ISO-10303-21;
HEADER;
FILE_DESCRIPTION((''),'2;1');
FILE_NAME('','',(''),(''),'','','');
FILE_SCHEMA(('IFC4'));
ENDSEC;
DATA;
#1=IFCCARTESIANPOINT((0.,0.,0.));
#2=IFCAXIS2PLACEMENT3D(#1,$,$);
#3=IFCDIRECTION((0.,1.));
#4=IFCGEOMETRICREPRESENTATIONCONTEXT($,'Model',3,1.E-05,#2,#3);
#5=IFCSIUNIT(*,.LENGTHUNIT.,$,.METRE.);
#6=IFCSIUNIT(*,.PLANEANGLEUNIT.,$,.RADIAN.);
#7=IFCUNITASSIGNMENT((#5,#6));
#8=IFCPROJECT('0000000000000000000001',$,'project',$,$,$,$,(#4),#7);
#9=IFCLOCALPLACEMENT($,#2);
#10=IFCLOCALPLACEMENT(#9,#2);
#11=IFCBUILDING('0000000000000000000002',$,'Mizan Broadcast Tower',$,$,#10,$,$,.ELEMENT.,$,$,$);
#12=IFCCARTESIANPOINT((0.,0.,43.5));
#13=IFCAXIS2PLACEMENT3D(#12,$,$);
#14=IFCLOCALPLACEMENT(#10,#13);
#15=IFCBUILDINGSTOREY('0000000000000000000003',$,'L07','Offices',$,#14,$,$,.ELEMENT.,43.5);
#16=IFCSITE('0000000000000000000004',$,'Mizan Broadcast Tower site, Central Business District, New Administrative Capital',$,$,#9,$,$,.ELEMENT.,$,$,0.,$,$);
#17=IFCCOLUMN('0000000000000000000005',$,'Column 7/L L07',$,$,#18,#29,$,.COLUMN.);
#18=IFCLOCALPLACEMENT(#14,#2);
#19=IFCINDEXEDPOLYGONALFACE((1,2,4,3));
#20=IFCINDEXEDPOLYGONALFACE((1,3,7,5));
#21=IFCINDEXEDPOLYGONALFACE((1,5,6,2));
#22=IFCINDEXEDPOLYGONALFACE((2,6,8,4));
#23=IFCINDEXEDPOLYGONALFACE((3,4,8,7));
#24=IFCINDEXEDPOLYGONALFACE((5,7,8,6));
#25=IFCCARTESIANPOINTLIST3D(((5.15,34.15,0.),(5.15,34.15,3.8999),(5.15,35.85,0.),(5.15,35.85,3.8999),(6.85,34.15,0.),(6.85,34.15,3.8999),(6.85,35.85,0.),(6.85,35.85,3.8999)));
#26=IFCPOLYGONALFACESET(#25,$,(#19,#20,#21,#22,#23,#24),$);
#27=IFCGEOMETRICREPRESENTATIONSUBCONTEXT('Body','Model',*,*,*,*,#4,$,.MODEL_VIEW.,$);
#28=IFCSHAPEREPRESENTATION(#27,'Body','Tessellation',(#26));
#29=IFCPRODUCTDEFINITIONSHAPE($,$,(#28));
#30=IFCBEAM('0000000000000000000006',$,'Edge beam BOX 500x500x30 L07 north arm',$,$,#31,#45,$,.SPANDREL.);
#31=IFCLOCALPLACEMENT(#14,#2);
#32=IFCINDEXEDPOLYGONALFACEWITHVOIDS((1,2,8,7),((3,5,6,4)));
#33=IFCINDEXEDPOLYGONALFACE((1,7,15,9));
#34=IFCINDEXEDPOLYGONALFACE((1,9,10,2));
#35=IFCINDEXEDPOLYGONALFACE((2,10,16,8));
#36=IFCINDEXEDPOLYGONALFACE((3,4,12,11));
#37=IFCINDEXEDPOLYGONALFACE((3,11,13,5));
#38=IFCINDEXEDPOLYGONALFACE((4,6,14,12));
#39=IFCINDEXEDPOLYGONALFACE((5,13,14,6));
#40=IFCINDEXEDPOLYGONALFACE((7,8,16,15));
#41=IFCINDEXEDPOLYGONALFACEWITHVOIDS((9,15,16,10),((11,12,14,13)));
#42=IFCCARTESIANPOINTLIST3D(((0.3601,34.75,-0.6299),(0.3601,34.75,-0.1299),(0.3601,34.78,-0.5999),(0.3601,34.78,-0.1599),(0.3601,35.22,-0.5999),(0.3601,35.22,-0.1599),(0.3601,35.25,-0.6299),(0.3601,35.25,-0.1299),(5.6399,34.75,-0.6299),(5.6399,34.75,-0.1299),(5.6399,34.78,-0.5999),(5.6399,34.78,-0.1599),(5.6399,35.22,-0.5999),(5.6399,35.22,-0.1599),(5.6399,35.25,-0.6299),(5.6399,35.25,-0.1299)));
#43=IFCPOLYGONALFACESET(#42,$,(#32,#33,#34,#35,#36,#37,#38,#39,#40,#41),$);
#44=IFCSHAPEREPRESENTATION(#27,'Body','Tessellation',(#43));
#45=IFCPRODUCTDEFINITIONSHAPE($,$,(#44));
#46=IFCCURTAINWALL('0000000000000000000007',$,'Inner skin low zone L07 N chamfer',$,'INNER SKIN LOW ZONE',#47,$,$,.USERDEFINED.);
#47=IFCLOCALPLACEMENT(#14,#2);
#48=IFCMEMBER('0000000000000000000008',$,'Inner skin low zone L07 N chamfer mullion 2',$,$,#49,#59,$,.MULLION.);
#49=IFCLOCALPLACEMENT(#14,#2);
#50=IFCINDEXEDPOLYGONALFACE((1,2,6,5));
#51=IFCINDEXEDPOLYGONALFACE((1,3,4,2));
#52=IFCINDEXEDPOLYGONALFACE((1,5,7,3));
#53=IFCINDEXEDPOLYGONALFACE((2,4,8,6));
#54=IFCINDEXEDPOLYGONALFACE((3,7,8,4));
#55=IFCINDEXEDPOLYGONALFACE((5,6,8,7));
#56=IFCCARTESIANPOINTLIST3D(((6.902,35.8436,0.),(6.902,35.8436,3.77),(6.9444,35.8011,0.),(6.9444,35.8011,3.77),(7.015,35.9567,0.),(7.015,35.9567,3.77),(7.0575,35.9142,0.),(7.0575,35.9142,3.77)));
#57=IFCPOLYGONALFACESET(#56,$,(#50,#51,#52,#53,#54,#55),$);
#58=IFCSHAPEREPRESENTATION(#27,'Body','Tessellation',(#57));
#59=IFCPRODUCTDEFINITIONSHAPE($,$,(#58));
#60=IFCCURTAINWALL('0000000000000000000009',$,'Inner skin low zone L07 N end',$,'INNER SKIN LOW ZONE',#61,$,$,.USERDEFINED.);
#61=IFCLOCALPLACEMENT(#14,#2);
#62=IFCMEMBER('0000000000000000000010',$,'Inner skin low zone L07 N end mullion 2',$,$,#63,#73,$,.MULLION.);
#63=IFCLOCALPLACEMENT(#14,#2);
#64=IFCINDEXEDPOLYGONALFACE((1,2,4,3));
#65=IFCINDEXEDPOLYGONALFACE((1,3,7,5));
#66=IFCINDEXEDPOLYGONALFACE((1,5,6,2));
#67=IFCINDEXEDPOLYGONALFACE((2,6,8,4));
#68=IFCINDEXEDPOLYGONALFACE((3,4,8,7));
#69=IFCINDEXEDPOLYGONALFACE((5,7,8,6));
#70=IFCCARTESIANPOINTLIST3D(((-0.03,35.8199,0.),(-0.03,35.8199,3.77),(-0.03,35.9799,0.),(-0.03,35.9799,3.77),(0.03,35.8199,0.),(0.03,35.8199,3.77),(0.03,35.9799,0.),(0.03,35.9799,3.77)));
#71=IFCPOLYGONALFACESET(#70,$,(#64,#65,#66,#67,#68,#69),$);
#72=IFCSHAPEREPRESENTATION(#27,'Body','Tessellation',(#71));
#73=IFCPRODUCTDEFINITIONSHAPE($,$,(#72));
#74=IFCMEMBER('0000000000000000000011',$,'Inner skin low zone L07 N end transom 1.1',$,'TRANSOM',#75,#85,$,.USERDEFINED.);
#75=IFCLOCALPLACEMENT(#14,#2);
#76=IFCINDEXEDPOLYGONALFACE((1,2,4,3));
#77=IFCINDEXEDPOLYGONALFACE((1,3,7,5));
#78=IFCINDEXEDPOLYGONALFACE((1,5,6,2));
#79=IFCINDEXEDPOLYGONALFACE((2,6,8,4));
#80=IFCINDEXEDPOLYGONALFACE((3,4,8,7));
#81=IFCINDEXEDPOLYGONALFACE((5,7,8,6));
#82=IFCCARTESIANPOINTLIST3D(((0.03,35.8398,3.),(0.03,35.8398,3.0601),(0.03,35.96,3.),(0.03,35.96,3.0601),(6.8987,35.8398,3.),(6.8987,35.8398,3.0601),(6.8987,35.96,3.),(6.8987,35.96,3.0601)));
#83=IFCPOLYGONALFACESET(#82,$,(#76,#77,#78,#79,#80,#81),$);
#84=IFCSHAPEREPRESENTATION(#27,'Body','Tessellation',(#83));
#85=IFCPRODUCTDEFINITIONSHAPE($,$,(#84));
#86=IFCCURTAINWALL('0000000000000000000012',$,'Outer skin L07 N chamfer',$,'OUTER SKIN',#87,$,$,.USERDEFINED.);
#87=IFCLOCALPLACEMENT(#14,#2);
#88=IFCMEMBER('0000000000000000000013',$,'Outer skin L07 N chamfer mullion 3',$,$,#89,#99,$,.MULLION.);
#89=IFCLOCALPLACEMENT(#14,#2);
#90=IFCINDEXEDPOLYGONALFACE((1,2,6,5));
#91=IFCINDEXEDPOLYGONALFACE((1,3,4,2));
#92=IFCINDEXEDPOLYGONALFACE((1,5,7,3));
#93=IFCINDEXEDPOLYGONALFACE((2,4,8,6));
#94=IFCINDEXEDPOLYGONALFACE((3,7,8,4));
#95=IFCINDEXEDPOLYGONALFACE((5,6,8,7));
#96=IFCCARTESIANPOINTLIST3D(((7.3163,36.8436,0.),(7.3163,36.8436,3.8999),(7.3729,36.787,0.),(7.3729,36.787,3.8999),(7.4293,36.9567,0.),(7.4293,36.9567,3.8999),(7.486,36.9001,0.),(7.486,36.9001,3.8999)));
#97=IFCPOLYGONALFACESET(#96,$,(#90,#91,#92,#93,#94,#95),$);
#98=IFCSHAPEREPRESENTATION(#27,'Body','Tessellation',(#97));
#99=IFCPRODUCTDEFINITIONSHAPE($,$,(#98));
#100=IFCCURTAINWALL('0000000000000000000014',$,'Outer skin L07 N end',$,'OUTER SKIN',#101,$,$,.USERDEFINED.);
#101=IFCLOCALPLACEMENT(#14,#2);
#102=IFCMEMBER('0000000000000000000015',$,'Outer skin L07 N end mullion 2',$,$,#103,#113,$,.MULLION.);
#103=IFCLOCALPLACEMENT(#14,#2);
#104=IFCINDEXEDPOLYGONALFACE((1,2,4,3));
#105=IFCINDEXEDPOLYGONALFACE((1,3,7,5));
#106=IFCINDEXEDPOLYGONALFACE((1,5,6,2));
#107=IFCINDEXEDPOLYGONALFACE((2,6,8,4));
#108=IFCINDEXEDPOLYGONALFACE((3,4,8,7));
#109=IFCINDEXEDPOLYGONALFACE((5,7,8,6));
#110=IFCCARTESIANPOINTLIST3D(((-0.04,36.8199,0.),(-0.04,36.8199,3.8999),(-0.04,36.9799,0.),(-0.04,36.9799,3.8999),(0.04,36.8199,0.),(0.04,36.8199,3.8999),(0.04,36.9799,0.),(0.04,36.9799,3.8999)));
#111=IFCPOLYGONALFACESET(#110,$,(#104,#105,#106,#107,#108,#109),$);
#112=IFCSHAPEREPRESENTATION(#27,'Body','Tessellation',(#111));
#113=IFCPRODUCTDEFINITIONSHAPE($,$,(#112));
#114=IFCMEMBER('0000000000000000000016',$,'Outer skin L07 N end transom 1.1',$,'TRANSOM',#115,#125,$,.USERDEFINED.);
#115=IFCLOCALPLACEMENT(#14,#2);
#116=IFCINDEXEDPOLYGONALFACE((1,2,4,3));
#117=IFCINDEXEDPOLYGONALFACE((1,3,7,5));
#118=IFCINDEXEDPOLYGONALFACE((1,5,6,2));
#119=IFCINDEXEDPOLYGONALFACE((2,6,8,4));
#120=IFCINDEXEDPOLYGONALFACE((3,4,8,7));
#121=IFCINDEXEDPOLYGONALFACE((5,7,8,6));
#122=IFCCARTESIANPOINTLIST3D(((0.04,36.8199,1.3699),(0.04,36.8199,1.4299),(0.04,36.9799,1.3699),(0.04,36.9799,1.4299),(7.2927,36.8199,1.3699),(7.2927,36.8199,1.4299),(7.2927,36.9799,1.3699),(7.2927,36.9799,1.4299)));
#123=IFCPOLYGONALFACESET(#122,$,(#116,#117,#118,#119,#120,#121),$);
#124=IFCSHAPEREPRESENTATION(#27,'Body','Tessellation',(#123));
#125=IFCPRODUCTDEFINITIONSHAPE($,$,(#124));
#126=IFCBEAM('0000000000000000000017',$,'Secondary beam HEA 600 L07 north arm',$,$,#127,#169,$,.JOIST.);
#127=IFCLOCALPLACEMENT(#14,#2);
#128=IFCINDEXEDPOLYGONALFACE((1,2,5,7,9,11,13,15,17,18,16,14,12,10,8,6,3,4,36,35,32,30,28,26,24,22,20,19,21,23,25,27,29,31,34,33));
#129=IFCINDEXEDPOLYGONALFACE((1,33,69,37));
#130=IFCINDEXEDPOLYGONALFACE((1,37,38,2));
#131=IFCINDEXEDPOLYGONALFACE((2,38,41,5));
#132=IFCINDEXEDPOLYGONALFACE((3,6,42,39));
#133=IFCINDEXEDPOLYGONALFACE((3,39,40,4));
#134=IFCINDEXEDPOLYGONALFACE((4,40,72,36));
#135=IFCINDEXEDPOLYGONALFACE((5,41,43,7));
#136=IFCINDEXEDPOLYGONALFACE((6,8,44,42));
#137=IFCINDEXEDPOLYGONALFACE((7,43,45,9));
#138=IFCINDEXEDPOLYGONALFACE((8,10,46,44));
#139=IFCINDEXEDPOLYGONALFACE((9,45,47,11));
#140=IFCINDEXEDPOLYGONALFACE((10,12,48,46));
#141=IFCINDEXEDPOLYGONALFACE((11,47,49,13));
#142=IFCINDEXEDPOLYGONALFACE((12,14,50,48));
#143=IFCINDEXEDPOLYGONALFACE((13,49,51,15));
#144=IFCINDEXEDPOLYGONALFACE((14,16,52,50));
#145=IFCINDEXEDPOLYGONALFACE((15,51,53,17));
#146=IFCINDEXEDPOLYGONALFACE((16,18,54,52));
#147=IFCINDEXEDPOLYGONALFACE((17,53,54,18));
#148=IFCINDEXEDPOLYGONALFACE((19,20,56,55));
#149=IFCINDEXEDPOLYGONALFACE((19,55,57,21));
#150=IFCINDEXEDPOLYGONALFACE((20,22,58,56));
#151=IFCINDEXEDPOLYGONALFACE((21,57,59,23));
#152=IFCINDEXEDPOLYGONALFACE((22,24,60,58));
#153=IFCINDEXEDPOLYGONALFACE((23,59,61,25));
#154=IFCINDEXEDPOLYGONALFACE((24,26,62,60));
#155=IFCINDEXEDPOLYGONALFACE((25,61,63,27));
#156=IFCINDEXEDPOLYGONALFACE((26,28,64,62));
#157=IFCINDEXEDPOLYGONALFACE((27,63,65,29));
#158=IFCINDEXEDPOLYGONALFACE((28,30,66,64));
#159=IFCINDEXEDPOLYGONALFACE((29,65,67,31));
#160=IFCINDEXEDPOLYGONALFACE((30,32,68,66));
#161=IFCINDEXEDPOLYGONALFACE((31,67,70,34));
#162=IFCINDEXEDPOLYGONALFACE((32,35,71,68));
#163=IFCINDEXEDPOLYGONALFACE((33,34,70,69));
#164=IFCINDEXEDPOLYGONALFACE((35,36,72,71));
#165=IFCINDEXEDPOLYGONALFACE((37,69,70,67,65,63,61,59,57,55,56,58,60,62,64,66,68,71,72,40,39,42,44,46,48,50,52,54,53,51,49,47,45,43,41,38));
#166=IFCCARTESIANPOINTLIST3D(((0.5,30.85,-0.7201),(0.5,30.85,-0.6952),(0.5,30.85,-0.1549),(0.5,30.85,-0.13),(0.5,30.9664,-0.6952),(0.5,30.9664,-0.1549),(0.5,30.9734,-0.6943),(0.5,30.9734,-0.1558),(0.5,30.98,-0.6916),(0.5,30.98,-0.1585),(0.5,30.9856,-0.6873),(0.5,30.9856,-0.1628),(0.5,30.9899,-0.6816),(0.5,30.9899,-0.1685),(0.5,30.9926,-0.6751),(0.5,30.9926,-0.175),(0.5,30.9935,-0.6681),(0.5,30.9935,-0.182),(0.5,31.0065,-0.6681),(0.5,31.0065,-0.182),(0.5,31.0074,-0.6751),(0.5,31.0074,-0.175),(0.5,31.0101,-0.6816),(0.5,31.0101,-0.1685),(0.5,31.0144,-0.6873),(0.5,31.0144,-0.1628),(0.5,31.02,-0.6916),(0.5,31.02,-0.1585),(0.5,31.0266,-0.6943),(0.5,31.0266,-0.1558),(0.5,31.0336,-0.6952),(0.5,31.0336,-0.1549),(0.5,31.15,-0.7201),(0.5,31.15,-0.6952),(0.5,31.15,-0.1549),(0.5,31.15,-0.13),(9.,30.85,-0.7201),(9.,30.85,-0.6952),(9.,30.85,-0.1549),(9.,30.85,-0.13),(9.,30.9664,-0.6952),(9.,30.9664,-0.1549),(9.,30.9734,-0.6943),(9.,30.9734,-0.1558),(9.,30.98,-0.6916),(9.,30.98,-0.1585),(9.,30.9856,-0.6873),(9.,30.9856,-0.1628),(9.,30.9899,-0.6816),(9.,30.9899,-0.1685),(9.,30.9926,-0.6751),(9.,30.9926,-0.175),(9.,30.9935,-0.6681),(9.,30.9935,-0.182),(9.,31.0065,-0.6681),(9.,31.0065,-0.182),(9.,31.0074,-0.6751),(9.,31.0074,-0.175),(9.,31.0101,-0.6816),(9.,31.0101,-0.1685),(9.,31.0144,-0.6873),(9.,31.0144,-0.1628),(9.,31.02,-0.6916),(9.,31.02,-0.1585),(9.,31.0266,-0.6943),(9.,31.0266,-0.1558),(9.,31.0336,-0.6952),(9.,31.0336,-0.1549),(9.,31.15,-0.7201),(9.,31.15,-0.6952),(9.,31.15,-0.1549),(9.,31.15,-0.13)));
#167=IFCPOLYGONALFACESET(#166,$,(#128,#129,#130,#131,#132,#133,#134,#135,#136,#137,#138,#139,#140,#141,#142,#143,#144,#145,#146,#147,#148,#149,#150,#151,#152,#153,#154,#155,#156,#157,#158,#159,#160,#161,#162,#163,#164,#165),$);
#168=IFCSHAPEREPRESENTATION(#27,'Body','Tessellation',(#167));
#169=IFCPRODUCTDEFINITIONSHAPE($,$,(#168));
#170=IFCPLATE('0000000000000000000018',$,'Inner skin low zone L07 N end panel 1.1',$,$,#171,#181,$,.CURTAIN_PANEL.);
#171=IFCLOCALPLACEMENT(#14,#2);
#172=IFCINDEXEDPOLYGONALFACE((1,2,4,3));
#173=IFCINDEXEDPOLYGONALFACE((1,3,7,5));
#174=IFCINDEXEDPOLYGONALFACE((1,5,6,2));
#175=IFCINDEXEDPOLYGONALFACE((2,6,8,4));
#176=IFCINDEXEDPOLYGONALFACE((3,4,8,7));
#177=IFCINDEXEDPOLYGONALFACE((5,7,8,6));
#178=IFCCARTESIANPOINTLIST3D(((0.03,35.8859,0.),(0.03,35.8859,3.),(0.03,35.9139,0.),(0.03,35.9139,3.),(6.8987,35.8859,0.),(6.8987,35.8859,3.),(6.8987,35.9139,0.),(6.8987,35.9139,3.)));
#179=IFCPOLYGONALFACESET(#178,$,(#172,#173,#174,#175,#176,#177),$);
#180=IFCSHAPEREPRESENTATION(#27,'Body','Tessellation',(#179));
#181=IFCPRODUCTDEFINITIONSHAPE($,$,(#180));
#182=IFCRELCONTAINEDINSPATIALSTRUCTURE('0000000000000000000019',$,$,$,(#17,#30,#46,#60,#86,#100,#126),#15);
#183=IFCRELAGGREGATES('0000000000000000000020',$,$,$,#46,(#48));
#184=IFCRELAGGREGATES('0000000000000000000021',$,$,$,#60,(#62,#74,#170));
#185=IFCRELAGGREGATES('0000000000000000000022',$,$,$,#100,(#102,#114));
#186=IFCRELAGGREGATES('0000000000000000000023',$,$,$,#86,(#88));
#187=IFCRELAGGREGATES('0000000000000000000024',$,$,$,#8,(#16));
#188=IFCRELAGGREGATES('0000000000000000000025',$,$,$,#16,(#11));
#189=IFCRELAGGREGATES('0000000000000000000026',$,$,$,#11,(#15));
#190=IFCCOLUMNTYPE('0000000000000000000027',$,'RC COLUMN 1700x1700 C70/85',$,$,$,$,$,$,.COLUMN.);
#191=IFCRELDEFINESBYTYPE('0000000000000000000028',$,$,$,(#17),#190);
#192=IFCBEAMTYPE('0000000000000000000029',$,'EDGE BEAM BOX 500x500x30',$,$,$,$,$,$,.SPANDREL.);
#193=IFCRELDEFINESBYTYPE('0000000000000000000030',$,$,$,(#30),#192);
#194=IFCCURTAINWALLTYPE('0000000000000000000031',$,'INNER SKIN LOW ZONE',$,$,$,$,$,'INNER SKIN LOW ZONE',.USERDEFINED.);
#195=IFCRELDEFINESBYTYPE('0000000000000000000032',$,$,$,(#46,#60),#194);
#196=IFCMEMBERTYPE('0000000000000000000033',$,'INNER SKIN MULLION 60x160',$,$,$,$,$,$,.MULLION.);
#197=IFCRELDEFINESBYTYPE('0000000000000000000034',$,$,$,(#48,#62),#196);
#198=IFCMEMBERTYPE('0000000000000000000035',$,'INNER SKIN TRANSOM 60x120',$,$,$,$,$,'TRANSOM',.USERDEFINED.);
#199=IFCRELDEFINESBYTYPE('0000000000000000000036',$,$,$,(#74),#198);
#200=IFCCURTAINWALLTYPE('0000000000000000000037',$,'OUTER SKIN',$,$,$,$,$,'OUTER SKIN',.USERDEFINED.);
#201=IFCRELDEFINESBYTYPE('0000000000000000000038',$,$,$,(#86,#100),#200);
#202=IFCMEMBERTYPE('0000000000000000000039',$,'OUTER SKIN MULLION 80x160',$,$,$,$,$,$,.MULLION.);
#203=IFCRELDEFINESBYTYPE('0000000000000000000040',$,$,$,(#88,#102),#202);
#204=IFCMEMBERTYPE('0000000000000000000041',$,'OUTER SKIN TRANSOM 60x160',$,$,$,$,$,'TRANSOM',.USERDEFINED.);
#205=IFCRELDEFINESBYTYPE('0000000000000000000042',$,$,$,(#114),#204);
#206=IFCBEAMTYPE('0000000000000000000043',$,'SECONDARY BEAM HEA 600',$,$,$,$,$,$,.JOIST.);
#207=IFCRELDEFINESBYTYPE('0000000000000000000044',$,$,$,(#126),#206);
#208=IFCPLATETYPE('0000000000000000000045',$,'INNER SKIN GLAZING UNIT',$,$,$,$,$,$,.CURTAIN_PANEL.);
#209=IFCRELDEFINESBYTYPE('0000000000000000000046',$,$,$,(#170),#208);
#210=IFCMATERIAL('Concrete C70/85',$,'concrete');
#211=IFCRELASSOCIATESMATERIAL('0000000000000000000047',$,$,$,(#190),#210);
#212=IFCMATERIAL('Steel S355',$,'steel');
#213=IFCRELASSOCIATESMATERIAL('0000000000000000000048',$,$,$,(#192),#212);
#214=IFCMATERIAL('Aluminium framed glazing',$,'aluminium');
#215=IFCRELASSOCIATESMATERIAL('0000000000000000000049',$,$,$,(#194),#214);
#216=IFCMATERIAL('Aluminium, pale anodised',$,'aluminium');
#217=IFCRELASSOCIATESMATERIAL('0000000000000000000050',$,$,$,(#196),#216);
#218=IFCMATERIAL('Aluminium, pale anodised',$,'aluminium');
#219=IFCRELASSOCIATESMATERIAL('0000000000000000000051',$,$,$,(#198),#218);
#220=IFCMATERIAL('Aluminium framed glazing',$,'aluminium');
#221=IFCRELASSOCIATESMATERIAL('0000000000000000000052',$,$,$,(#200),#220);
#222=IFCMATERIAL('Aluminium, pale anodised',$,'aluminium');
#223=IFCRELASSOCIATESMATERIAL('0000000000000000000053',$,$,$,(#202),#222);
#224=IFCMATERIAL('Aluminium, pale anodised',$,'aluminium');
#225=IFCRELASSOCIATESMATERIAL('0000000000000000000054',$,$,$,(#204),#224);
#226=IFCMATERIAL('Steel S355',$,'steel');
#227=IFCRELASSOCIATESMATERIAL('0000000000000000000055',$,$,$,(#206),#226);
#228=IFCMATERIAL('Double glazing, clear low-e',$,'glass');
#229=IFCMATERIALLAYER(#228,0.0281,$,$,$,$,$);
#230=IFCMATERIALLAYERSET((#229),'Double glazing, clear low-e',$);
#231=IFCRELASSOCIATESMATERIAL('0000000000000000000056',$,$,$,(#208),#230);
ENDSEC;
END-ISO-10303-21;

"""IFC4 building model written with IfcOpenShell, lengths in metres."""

from ifc_helpers import new_model, si_unit, direction, frame, origin, origin_2d, place, context, subcontext, project, spatial, rectangle, hollow_rectangle, i_section, extrude, material, layer, layer_set, material_profile, profile_set, type_object, element, aggregate, save


model = new_model("IFC4")

# Units and contexts
model_context = context("Model", 3, precision=1e-05, world=origin(), true_north=direction((0.0, 1.0)))
body_context = subcontext(model_context, "Body", "Model", "MODEL_VIEW")
ifc_project = project(units=[si_unit("LENGTHUNIT", "METRE"), si_unit("PLANEANGLEUNIT", "RADIAN")], contexts=[model_context])

# Site, building, storey
site_placement = place(None, origin())
site = spatial("IfcSite", under=ifc_project, at=site_placement, Name="Mizan Broadcast Tower site, Central Business District, New Administrative Capital", CompositionType="ELEMENT", RefElevation=0.0)
building_placement = place(site_placement, origin())
building = spatial("IfcBuilding", under=site, at=building_placement, Name="Mizan Broadcast Tower", CompositionType="ELEMENT")
storey_placement = place(building_placement, frame((0.0, 0.0, 43.5)))
storey = spatial("IfcBuildingStorey", under=building, at=storey_placement, Name="L07", Description="Offices", CompositionType="ELEMENT", Elevation=43.5)

# Column
ifc_material_1 = material(Name="Concrete C70/85", Category="concrete")
ifc_material_profile_1 = material_profile(ifc_material_1, rectangle(XDim=1.7, YDim=1.7, at=origin_2d()), Name="RC 1700x1700")
ifc_profile_set_1 = profile_set([ifc_material_profile_1], Name="Concrete C70/85")
column_type = type_object("IfcColumnType", Name="RC COLUMN 1700x1700 C70/85", PredefinedType="COLUMN", material=ifc_profile_set_1)
column_placement = place(storey_placement, frame((6.0, 35.0, 0.0), z_axis=(0.0, 0.0, 1.0), x_axis=(1.0, 0.0, 0.0)))
element("IfcColumn", 1, at=column_placement, inside=storey, type_object=column_type, Name="Column 7/L L07", PredefinedType="COLUMN", context=body_context, shape_type="SweptSolid", body=[
    extrude(rectangle(XDim=1.7, YDim=1.7, at=origin_2d()), origin(), (0.0, 0.0, 1.0), 3.8999),
])

# Beam
ifc_material_2 = material(Name="Steel S355", Category="steel")
ifc_material_profile_2 = material_profile(ifc_material_2, hollow_rectangle(XDim=0.5, YDim=0.5, WallThickness=0.03, at=origin_2d()), Name="BOX 500x500x30")
ifc_profile_set_2 = profile_set([ifc_material_profile_2], Name="Steel S355")
beam_type_1 = type_object("IfcBeamType", Name="EDGE BEAM BOX 500x500x30", PredefinedType="SPANDREL", material=ifc_profile_set_2)
beam_1_placement = place(storey_placement, frame((5.6399, 35.0, -0.3799), z_axis=(-1.0, 0.0, 0.0), x_axis=(0.0, -1.0, 0.0)))
element("IfcBeam", 2, at=beam_1_placement, inside=storey, type_object=beam_type_1, Name="Edge beam BOX 500x500x30 L07 north arm", PredefinedType="SPANDREL", context=body_context, shape_type="SweptSolid", body=[
    extrude(hollow_rectangle(XDim=0.5, YDim=0.5, WallThickness=0.03, at=origin_2d()), origin(), (0.0, 0.0, 1.0), 5.2798),
])

# Curtain wall, member
ifc_material_3 = material(Name="Aluminium framed glazing", Category="aluminium")
curtain_wall_type_1 = type_object("IfcCurtainWallType", Name="INNER SKIN LOW ZONE", ElementType="INNER SKIN LOW ZONE", PredefinedType="USERDEFINED", material=ifc_material_3)
curtain_wall_1_placement = place(storey_placement, origin())
curtain_wall_1 = element("IfcCurtainWall", 3, at=curtain_wall_1_placement, inside=storey, type_object=curtain_wall_type_1, Name="Inner skin low zone L07 N chamfer", ObjectType="INNER SKIN LOW ZONE", PredefinedType="USERDEFINED")
ifc_material_4 = material(Name="Aluminium, pale anodised", Category="aluminium")
ifc_material_profile_3 = material_profile(ifc_material_4, rectangle(XDim=0.1599, YDim=0.0601, at=origin_2d()), Name="MULLION 160x60")
ifc_profile_set_3 = profile_set([ifc_material_profile_3], Name="Aluminium, pale anodised")
member_type_1 = type_object("IfcMemberType", Name="INNER SKIN MULLION 60x160", PredefinedType="MULLION", material=ifc_profile_set_3)
member_1_placement = place(storey_placement, frame((6.9797, 35.8789, 0.0), z_axis=(0.0, 0.0, 1.0), x_axis=(-0.707107, -0.707107, 0.0)))
member_1 = element("IfcMember", 4, at=member_1_placement, type_object=member_type_1, Name="Inner skin low zone L07 N chamfer mullion 2", PredefinedType="MULLION", context=body_context, shape_type="SweptSolid", body=[
    extrude(rectangle(XDim=0.1599, YDim=0.0601, at=origin_2d()), origin(), (0.0, 0.0, 1.0), 3.77),
])
aggregate(curtain_wall_1, [member_1])

# Curtain wall, members
curtain_wall_2_placement = place(storey_placement, origin())
curtain_wall_2 = element("IfcCurtainWall", 5, at=curtain_wall_2_placement, inside=storey, type_object=curtain_wall_type_1, Name="Inner skin low zone L07 N end", ObjectType="INNER SKIN LOW ZONE", PredefinedType="USERDEFINED")
member_2_placement = place(storey_placement, frame((0.0, 35.8999, 0.0), z_axis=(0.0, 0.0, 1.0), x_axis=(0.0, -1.0, 0.0)))
member_2 = element("IfcMember", 6, at=member_2_placement, type_object=member_type_1, Name="Inner skin low zone L07 N end mullion 2", PredefinedType="MULLION", context=body_context, shape_type="SweptSolid", body=[
    extrude(rectangle(XDim=0.1599, YDim=0.0601, at=origin_2d()), origin(), (0.0, 0.0, 1.0), 3.77),
])
ifc_material_5 = material(Name="Aluminium, pale anodised", Category="aluminium")
ifc_material_profile_4 = material_profile(ifc_material_5, rectangle(XDim=0.1201, YDim=0.0601, at=origin_2d()), Name="TRANSOM 120x60")
ifc_profile_set_4 = profile_set([ifc_material_profile_4], Name="Aluminium, pale anodised")
member_type_2 = type_object("IfcMemberType", Name="INNER SKIN TRANSOM 60x120", ElementType="TRANSOM", PredefinedType="USERDEFINED", material=ifc_profile_set_4)
member_3_placement = place(storey_placement, frame((6.8987, 35.8999, 3.03), z_axis=(-1.0, 0.0, 0.0), x_axis=(0.0, -1.0, 0.0)))
member_3 = element("IfcMember", 7, at=member_3_placement, type_object=member_type_2, Name="Inner skin low zone L07 N end transom 1.1", ObjectType="TRANSOM", PredefinedType="USERDEFINED", context=body_context, shape_type="SweptSolid", body=[
    extrude(rectangle(XDim=0.1201, YDim=0.0601, at=origin_2d()), origin(), (0.0, 0.0, 1.0), 6.8687),
])

# Curtain wall, member
ifc_material_6 = material(Name="Aluminium framed glazing", Category="aluminium")
curtain_wall_type_2 = type_object("IfcCurtainWallType", Name="OUTER SKIN", ElementType="OUTER SKIN", PredefinedType="USERDEFINED", material=ifc_material_6)
curtain_wall_3_placement = place(storey_placement, origin())
curtain_wall_3 = element("IfcCurtainWall", 8, at=curtain_wall_3_placement, inside=storey, type_object=curtain_wall_type_2, Name="Outer skin L07 N chamfer", ObjectType="OUTER SKIN", PredefinedType="USERDEFINED")
ifc_material_7 = material(Name="Aluminium, pale anodised", Category="aluminium")
ifc_material_profile_5 = material_profile(ifc_material_7, rectangle(XDim=0.1599, YDim=0.0801, at=origin_2d()), Name="MULLION 160x80")
ifc_profile_set_5 = profile_set([ifc_material_profile_5], Name="Aluminium, pale anodised")
member_type_3 = type_object("IfcMemberType", Name="OUTER SKIN MULLION 80x160", PredefinedType="MULLION", material=ifc_profile_set_5)
member_4_placement = place(storey_placement, frame((7.4011, 36.8718, 0.0), z_axis=(0.0, 0.0, 1.0), x_axis=(-0.707107, -0.707107, 0.0)))
member_4 = element("IfcMember", 9, at=member_4_placement, type_object=member_type_3, Name="Outer skin L07 N chamfer mullion 3", PredefinedType="MULLION", context=body_context, shape_type="SweptSolid", body=[
    extrude(rectangle(XDim=0.1599, YDim=0.0801, at=origin_2d()), origin(), (0.0, 0.0, 1.0), 3.8999),
])

# Curtain wall, members
curtain_wall_4_placement = place(storey_placement, origin())
curtain_wall_4 = element("IfcCurtainWall", 10, at=curtain_wall_4_placement, inside=storey, type_object=curtain_wall_type_2, Name="Outer skin L07 N end", ObjectType="OUTER SKIN", PredefinedType="USERDEFINED")
member_5_placement = place(storey_placement, frame((0.0, 36.8999, 0.0), z_axis=(0.0, 0.0, 1.0), x_axis=(0.0, -1.0, 0.0)))
member_5 = element("IfcMember", 11, at=member_5_placement, type_object=member_type_3, Name="Outer skin L07 N end mullion 2", PredefinedType="MULLION", context=body_context, shape_type="SweptSolid", body=[
    extrude(rectangle(XDim=0.1599, YDim=0.0801, at=origin_2d()), origin(), (0.0, 0.0, 1.0), 3.8999),
])
ifc_material_8 = material(Name="Aluminium, pale anodised", Category="aluminium")
ifc_material_profile_6 = material_profile(ifc_material_8, rectangle(XDim=0.1599, YDim=0.0601, at=origin_2d()), Name="TRANSOM 160x60")
ifc_profile_set_6 = profile_set([ifc_material_profile_6], Name="Aluminium, pale anodised")
member_type_4 = type_object("IfcMemberType", Name="OUTER SKIN TRANSOM 60x160", ElementType="TRANSOM", PredefinedType="USERDEFINED", material=ifc_profile_set_6)
member_6_placement = place(storey_placement, frame((7.2927, 36.8999, 1.3999), z_axis=(-1.0, 0.0, 0.0), x_axis=(0.0, -1.0, 0.0)))
member_6 = element("IfcMember", 12, at=member_6_placement, type_object=member_type_4, Name="Outer skin L07 N end transom 1.1", ObjectType="TRANSOM", PredefinedType="USERDEFINED", context=body_context, shape_type="SweptSolid", body=[
    extrude(rectangle(XDim=0.1599, YDim=0.0601, at=origin_2d()), origin(), (0.0, 0.0, 1.0), 7.2527),
])

# Beam
ifc_material_9 = material(Name="Steel S355", Category="steel")
ifc_material_profile_7 = material_profile(ifc_material_9, i_section(OverallWidth=0.3, OverallDepth=0.5901, WebThickness=0.0129, FlangeThickness=0.0249, FilletRadius=0.0271, at=origin_2d()), Name="HEA 600")
ifc_profile_set_7 = profile_set([ifc_material_profile_7], Name="Steel S355")
beam_type_2 = type_object("IfcBeamType", Name="SECONDARY BEAM HEA 600", PredefinedType="JOIST", material=ifc_profile_set_7)
beam_2_placement = place(storey_placement, frame((9.0, 31.0, -0.425), z_axis=(-1.0, 0.0, 0.0), x_axis=(0.0, -1.0, 0.0)))
element("IfcBeam", 13, at=beam_2_placement, inside=storey, type_object=beam_type_2, Name="Secondary beam HEA 600 L07 north arm", PredefinedType="JOIST", context=body_context, shape_type="SweptSolid", body=[
    extrude(i_section(OverallWidth=0.3, OverallDepth=0.5901, WebThickness=0.0129, FlangeThickness=0.0249, FilletRadius=0.0271, at=origin_2d()), origin(), (0.0, 0.0, 1.0), 8.5),
])

# Plate
ifc_material_10 = material(Name="Double glazing, clear low-e", Category="glass")
ifc_layer_1 = layer(ifc_material_10, 0.0281)
ifc_layer_set_1 = layer_set([ifc_layer_1], Name="Double glazing, clear low-e")
plate_type_1 = type_object("IfcPlateType", Name="INNER SKIN GLAZING UNIT", PredefinedType="CURTAIN_PANEL", material=ifc_layer_set_1)
plate_1_placement = place(storey_placement, frame((3.4644, 35.8999, 0.0), z_axis=(0.0, 0.0, 1.0), x_axis=(-1.0, 0.0, 0.0)))
plate_1 = element("IfcPlate", 14, at=plate_1_placement, type_object=plate_type_1, Name="Inner skin low zone L07 N end panel 1.1", PredefinedType="CURTAIN_PANEL", context=body_context, shape_type="SweptSolid", body=[
    extrude(rectangle(XDim=6.8687, YDim=0.0281, at=origin_2d()), origin(), (0.0, 0.0, 1.0), 3.0),
])
aggregate(curtain_wall_2, [member_2, member_3, plate_1])
aggregate(curtain_wall_4, [member_5, member_6])
aggregate(curtain_wall_3, [member_4])

save(model, "model.ifc")
